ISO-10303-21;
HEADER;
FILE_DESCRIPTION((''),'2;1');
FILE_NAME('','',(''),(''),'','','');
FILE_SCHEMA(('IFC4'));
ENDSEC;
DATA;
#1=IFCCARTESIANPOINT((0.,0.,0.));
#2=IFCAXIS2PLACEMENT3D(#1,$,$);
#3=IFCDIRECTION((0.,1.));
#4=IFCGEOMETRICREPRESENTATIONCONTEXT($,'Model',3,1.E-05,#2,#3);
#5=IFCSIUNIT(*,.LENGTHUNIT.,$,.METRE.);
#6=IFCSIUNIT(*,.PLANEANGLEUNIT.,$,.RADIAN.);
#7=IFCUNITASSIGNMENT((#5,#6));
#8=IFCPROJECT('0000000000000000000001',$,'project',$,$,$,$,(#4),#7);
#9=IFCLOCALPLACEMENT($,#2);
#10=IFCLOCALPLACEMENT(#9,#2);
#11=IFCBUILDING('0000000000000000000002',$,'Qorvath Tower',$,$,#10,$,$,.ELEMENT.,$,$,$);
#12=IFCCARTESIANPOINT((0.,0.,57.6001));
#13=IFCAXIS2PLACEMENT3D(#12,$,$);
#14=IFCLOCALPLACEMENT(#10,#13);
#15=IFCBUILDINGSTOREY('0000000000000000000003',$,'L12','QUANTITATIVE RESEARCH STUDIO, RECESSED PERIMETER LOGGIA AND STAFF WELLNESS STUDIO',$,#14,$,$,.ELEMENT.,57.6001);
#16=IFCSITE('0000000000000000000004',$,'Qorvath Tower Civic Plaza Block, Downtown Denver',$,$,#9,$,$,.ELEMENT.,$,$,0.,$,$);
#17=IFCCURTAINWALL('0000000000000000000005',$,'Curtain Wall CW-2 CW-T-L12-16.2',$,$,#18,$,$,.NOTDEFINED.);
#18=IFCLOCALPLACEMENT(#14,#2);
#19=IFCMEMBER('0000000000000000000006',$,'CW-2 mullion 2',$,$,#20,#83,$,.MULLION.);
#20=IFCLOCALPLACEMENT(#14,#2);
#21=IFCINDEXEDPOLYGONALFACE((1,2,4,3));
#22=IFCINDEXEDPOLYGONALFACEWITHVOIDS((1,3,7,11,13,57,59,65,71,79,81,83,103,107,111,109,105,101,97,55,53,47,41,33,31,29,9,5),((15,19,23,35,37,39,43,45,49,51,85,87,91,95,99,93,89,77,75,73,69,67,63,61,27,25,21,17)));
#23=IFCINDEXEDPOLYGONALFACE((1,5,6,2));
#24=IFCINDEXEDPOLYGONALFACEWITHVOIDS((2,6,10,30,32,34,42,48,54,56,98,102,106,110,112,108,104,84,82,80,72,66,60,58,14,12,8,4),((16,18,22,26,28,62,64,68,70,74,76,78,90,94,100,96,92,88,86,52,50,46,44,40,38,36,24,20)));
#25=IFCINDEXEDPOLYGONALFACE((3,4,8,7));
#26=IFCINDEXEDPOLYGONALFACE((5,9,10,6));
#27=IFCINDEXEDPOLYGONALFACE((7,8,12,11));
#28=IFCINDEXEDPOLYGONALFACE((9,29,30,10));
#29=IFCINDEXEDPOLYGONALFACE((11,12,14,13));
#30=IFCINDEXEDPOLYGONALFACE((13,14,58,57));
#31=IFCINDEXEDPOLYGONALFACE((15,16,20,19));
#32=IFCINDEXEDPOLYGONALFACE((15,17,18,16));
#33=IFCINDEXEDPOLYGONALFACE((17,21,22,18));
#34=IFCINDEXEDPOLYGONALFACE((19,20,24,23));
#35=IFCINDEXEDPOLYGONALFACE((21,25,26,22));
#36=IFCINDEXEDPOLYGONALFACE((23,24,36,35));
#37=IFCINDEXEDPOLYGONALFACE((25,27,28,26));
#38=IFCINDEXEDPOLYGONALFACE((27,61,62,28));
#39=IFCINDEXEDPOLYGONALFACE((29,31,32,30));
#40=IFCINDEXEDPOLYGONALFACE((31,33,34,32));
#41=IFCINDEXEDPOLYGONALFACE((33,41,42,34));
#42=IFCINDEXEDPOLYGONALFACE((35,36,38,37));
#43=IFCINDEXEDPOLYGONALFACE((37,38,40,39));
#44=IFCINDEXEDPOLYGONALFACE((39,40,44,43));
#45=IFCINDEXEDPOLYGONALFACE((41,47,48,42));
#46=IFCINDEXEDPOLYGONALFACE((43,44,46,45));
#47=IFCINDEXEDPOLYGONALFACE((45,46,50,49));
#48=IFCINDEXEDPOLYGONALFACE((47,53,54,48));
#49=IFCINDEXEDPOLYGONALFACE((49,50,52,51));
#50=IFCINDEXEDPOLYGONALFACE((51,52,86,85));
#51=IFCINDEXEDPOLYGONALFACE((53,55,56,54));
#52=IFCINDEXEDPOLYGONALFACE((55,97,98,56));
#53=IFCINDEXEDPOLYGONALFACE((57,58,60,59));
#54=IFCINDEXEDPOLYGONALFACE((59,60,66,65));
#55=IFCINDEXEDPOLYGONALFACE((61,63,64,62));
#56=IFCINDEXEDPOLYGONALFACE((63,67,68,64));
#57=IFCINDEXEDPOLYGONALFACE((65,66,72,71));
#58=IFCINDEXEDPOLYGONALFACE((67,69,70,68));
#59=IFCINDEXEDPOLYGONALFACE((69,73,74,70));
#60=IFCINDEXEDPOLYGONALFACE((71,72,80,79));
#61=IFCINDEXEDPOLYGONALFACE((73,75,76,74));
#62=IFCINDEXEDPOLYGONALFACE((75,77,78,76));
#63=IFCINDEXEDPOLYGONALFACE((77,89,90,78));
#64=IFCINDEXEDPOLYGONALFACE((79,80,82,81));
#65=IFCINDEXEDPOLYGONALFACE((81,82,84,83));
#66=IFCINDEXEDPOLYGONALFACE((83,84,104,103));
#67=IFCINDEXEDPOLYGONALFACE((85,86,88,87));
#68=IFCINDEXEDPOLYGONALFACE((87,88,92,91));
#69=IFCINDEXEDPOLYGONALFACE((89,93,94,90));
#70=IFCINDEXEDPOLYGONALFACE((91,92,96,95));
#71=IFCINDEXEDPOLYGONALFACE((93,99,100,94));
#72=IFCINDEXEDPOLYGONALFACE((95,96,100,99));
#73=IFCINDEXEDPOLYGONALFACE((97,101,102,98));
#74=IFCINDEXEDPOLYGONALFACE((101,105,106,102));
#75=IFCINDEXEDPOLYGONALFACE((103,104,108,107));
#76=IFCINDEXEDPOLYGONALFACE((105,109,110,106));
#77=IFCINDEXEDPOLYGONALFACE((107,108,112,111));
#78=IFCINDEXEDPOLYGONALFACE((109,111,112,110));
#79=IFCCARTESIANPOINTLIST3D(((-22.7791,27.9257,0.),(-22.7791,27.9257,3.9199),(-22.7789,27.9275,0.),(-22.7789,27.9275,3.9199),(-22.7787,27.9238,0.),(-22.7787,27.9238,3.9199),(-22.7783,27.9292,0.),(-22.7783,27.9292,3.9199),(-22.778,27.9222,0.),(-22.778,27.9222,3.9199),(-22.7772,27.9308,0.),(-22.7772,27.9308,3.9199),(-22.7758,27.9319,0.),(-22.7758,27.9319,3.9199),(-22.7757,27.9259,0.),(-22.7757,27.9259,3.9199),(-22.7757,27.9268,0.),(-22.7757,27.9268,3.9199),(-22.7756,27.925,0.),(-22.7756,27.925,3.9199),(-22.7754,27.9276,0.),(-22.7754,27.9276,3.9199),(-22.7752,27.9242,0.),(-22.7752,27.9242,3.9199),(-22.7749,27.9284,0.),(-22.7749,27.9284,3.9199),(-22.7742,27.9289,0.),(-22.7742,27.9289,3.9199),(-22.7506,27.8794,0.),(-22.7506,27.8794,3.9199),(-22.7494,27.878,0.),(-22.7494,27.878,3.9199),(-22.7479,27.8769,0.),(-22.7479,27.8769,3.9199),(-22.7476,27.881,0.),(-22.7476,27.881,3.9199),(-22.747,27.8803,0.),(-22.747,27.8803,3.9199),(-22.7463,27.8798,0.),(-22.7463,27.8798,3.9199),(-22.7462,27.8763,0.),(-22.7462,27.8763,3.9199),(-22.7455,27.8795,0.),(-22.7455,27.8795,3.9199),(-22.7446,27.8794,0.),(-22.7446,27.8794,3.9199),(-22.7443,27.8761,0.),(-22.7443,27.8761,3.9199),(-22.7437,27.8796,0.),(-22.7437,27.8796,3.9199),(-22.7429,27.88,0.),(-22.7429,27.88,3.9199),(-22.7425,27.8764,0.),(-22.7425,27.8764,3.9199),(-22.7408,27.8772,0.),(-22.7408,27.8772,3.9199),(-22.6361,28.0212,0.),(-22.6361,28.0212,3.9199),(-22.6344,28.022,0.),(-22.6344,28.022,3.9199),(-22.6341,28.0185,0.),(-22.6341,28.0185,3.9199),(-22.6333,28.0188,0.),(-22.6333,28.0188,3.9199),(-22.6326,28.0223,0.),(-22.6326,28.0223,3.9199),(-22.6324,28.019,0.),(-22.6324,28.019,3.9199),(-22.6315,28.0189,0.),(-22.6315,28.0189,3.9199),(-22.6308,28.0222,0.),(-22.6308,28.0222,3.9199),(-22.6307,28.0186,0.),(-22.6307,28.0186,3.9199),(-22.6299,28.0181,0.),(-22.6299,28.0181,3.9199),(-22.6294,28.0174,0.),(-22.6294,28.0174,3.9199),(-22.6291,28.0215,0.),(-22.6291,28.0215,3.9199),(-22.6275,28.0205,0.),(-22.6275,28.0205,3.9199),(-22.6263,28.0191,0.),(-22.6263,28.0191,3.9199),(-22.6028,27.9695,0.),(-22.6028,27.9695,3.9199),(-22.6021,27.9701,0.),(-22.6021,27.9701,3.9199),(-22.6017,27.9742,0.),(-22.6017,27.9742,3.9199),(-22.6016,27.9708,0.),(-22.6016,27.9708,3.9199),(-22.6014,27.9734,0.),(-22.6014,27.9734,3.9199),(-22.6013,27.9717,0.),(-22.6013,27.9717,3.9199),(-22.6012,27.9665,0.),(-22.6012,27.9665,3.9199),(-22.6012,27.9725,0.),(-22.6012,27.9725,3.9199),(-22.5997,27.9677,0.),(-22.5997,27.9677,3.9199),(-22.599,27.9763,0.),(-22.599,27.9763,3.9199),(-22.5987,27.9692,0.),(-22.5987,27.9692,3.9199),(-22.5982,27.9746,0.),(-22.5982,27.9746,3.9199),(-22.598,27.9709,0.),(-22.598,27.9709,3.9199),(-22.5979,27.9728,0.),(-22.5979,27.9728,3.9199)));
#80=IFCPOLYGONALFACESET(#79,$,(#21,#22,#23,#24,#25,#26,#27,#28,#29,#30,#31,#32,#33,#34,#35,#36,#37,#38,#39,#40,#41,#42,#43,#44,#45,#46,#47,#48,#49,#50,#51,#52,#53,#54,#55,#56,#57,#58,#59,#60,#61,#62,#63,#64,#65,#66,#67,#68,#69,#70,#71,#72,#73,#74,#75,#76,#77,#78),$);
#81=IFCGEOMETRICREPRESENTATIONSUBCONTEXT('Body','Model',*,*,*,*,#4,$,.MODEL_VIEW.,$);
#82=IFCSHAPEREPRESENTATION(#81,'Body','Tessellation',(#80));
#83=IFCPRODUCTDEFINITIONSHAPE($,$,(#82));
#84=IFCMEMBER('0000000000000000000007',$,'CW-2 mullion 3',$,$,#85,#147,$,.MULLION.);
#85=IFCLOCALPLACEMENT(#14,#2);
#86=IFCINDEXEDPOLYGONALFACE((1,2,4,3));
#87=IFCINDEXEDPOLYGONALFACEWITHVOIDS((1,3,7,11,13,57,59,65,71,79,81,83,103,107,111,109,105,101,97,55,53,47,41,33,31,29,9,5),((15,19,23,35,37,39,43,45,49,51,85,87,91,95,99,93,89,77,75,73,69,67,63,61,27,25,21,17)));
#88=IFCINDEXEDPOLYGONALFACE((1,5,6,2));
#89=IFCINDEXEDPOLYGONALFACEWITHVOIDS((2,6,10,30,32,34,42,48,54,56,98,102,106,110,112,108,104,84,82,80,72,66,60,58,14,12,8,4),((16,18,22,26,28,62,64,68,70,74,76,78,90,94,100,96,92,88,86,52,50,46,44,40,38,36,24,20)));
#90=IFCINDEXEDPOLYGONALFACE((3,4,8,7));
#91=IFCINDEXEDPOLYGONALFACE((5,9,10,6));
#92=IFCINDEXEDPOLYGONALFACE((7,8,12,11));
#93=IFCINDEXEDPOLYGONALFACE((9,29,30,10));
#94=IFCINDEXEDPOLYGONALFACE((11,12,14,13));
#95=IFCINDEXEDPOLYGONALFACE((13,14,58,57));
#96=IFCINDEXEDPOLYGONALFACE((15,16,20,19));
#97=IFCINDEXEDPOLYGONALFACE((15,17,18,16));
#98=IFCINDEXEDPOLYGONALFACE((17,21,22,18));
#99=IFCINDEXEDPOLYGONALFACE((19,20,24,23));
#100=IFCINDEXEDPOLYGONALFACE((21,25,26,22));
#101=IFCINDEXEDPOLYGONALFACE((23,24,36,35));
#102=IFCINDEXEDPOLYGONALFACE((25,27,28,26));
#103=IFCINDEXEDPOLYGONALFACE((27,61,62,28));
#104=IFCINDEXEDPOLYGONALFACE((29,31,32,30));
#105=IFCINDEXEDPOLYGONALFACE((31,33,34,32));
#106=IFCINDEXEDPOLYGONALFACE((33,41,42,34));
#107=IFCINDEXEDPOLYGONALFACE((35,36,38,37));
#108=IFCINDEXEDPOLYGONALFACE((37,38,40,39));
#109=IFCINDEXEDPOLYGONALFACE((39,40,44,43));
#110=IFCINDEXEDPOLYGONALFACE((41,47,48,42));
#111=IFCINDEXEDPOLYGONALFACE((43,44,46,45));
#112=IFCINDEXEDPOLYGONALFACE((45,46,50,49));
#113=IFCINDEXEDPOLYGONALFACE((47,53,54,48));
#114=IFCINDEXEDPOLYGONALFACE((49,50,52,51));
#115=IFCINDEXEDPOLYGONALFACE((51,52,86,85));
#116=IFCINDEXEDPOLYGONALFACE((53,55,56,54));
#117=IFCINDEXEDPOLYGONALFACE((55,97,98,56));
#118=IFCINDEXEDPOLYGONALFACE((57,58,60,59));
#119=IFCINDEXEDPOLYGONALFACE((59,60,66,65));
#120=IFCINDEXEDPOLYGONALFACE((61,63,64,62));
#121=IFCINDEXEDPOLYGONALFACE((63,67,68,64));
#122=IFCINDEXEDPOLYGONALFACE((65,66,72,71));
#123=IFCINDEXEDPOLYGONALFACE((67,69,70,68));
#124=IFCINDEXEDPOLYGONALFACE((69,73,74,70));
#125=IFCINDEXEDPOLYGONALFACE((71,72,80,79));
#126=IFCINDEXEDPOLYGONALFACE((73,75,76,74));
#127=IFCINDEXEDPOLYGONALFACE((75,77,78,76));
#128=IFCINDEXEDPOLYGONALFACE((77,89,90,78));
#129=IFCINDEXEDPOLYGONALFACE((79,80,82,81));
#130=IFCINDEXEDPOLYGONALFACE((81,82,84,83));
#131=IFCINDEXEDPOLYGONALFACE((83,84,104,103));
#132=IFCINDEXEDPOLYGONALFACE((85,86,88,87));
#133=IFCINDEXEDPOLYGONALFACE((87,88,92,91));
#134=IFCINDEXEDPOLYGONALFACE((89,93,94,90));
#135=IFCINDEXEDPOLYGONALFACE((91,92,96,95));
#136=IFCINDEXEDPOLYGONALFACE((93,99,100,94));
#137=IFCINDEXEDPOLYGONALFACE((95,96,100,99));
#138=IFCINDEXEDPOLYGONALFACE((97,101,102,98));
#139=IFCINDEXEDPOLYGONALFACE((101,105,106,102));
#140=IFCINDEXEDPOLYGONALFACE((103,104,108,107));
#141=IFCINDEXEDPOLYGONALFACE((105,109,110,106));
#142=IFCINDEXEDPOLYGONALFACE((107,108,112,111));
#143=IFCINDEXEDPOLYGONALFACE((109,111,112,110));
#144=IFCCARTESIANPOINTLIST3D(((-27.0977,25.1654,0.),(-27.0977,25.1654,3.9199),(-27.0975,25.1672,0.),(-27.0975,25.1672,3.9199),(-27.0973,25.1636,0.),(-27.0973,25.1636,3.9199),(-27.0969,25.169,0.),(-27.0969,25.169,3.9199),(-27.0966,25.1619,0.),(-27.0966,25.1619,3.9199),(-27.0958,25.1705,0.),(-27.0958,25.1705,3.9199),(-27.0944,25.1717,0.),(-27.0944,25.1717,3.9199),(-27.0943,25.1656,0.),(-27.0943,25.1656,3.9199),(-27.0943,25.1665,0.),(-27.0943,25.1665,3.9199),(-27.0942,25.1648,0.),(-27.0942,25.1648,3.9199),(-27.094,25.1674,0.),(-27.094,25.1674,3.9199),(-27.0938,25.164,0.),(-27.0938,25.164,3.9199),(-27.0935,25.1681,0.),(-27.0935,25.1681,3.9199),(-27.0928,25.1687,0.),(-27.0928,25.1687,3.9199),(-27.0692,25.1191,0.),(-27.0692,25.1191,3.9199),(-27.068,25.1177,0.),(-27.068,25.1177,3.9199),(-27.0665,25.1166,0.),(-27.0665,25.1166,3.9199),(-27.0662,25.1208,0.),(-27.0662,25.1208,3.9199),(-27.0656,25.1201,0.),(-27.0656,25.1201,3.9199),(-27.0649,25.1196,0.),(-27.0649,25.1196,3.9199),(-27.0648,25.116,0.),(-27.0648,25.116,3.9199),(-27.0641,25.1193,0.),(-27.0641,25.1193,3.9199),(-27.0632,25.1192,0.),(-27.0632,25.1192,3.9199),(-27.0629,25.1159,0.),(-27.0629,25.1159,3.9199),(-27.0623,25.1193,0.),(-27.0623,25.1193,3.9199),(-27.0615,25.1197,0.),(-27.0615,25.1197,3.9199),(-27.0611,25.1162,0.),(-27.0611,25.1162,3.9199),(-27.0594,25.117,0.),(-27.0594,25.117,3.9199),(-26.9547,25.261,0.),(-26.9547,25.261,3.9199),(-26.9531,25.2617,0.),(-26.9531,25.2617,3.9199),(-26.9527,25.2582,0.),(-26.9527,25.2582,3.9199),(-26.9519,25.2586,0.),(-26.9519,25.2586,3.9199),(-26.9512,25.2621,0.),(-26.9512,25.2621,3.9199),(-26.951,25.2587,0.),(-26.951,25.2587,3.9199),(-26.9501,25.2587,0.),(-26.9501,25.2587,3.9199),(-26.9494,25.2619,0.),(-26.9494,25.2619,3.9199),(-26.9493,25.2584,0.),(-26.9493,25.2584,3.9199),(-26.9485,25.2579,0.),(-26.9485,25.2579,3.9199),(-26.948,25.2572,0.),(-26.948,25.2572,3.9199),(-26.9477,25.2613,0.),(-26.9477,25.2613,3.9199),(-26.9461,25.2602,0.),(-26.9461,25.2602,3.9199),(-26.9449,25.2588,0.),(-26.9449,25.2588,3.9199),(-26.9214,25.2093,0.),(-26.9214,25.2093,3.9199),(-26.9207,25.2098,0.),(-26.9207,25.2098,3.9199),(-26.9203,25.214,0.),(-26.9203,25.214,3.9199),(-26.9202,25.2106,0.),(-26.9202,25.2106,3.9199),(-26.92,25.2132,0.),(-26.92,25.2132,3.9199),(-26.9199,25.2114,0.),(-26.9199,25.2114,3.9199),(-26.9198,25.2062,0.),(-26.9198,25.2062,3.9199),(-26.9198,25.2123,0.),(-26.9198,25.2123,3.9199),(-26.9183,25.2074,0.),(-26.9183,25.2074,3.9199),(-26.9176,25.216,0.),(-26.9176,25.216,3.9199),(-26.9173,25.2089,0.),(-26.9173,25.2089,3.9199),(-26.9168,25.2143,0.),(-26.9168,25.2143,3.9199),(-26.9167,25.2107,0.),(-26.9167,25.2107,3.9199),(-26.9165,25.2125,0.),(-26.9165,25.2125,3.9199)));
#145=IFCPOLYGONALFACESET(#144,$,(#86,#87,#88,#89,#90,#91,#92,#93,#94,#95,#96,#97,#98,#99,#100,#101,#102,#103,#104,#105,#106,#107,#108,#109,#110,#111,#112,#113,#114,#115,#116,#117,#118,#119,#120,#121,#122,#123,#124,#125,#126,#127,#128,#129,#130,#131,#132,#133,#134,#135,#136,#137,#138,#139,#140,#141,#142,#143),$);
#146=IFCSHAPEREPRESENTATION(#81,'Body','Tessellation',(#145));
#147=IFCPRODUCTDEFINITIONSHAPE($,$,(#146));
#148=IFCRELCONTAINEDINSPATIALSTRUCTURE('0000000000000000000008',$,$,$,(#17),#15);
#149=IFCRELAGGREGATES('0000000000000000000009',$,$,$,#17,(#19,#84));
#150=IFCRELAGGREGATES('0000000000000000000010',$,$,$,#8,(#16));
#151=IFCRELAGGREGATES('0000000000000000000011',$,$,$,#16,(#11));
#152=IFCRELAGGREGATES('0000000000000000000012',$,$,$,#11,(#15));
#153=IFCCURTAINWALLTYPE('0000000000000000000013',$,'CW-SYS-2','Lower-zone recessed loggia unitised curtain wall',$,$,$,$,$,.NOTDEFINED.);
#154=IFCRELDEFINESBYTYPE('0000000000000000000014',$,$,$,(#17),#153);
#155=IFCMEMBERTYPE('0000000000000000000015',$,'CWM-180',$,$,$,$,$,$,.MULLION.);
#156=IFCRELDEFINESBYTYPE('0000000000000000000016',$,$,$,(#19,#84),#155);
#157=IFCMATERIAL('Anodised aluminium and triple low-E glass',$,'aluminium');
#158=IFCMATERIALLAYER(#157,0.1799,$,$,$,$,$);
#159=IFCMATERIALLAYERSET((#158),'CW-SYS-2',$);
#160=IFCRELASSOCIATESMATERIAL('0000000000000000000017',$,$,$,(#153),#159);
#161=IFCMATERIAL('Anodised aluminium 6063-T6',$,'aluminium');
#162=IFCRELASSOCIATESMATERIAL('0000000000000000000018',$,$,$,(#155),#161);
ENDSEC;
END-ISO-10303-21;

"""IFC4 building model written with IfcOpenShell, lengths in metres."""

from ifc_helpers import new_model, si_unit, direction, frame, origin, origin_2d, place, context, subcontext, project, spatial, hollow_rectangle, extrude, material, layer, layer_set, material_profile, profile_set, type_object, element, aggregate, save


model = new_model("IFC4")

# Units and contexts
model_context = context("Model", 3, precision=1e-05, world=origin(), true_north=direction((0.0, 1.0)))
body_context = subcontext(model_context, "Body", "Model", "MODEL_VIEW")
ifc_project = project(units=[si_unit("LENGTHUNIT", "METRE"), si_unit("PLANEANGLEUNIT", "RADIAN")], contexts=[model_context])

# Site, building, storey
site_placement = place(None, origin())
site = spatial("IfcSite", under=ifc_project, at=site_placement, Name="Qorvath Tower Civic Plaza Block, Downtown Denver", CompositionType="ELEMENT", RefElevation=0.0)
building_placement = place(site_placement, origin())
building = spatial("IfcBuilding", under=site, at=building_placement, Name="Qorvath Tower", CompositionType="ELEMENT")
storey_placement = place(building_placement, frame((0.0, 0.0, 57.6001)))
storey = spatial("IfcBuildingStorey", under=building, at=storey_placement, Name="L12", Description="QUANTITATIVE RESEARCH STUDIO, RECESSED PERIMETER LOGGIA AND STAFF WELLNESS STUDIO", CompositionType="ELEMENT", Elevation=57.6001)

# Curtain wall, members
ifc_material_1 = material(Name="Anodised aluminium and triple low-E glass", Category="aluminium")
ifc_layer_1 = layer(ifc_material_1, 0.1799)
ifc_layer_set_1 = layer_set([ifc_layer_1], Name="CW-SYS-2")
curtain_wall_type = type_object("IfcCurtainWallType", Name="CW-SYS-2", Description="Lower-zone recessed loggia unitised curtain wall", PredefinedType="NOTDEFINED", material=ifc_layer_set_1)
curtain_wall_placement = place(storey_placement, origin())
curtain_wall = element("IfcCurtainWall", 1, at=curtain_wall_placement, inside=storey, type_object=curtain_wall_type, Name="Curtain Wall CW-2 CW-T-L12-16.2", PredefinedType="NOTDEFINED")
ifc_material_2 = material(Name="Anodised aluminium 6063-T6", Category="aluminium")
ifc_material_profile_1 = material_profile(ifc_material_2, hollow_rectangle(XDim=0.0649, YDim=0.1799, WallThickness=0.0034, InnerFilletRadius=0.0034, OuterFilletRadius=0.0071, at=origin_2d()), Name="CWM 180x65")
ifc_profile_set_1 = profile_set([ifc_material_profile_1], Name="Anodised aluminium 6063-T6")
member_type_1 = type_object("IfcMemberType", Name="CWM-180", PredefinedType="MULLION", material=ifc_profile_set_1)
member_1_placement = place(storey_placement, frame((-22.6885, 27.9492, 0.0), z_axis=(0.0, 0.0, 1.0), x_axis=(0.538539, -0.8426, 0.0)))
member_1 = element("IfcMember", 2, at=member_1_placement, type_object=member_type_1, Name="CW-2 mullion 2", PredefinedType="MULLION", context=body_context, shape_type="SweptSolid", body=[
    extrude(hollow_rectangle(XDim=0.0649, YDim=0.1799, WallThickness=0.0034, InnerFilletRadius=0.0034, OuterFilletRadius=0.0071, at=origin_2d()), origin(), (0.0, 0.0, 1.0), 3.9199),
])
member_2_placement = place(storey_placement, frame((-27.0071, 25.189, 0.0), z_axis=(0.0, 0.0, 1.0), x_axis=(0.538539, -0.8426, 0.0)))
member_2 = element("IfcMember", 3, at=member_2_placement, type_object=member_type_1, Name="CW-2 mullion 3", PredefinedType="MULLION", context=body_context, shape_type="SweptSolid", body=[
    extrude(hollow_rectangle(XDim=0.0649, YDim=0.1799, WallThickness=0.0034, InnerFilletRadius=0.0034, OuterFilletRadius=0.0071, at=origin_2d()), origin(), (0.0, 0.0, 1.0), 3.9199),
])
aggregate(curtain_wall, [member_1, member_2])

save(model, "model.ifc")
